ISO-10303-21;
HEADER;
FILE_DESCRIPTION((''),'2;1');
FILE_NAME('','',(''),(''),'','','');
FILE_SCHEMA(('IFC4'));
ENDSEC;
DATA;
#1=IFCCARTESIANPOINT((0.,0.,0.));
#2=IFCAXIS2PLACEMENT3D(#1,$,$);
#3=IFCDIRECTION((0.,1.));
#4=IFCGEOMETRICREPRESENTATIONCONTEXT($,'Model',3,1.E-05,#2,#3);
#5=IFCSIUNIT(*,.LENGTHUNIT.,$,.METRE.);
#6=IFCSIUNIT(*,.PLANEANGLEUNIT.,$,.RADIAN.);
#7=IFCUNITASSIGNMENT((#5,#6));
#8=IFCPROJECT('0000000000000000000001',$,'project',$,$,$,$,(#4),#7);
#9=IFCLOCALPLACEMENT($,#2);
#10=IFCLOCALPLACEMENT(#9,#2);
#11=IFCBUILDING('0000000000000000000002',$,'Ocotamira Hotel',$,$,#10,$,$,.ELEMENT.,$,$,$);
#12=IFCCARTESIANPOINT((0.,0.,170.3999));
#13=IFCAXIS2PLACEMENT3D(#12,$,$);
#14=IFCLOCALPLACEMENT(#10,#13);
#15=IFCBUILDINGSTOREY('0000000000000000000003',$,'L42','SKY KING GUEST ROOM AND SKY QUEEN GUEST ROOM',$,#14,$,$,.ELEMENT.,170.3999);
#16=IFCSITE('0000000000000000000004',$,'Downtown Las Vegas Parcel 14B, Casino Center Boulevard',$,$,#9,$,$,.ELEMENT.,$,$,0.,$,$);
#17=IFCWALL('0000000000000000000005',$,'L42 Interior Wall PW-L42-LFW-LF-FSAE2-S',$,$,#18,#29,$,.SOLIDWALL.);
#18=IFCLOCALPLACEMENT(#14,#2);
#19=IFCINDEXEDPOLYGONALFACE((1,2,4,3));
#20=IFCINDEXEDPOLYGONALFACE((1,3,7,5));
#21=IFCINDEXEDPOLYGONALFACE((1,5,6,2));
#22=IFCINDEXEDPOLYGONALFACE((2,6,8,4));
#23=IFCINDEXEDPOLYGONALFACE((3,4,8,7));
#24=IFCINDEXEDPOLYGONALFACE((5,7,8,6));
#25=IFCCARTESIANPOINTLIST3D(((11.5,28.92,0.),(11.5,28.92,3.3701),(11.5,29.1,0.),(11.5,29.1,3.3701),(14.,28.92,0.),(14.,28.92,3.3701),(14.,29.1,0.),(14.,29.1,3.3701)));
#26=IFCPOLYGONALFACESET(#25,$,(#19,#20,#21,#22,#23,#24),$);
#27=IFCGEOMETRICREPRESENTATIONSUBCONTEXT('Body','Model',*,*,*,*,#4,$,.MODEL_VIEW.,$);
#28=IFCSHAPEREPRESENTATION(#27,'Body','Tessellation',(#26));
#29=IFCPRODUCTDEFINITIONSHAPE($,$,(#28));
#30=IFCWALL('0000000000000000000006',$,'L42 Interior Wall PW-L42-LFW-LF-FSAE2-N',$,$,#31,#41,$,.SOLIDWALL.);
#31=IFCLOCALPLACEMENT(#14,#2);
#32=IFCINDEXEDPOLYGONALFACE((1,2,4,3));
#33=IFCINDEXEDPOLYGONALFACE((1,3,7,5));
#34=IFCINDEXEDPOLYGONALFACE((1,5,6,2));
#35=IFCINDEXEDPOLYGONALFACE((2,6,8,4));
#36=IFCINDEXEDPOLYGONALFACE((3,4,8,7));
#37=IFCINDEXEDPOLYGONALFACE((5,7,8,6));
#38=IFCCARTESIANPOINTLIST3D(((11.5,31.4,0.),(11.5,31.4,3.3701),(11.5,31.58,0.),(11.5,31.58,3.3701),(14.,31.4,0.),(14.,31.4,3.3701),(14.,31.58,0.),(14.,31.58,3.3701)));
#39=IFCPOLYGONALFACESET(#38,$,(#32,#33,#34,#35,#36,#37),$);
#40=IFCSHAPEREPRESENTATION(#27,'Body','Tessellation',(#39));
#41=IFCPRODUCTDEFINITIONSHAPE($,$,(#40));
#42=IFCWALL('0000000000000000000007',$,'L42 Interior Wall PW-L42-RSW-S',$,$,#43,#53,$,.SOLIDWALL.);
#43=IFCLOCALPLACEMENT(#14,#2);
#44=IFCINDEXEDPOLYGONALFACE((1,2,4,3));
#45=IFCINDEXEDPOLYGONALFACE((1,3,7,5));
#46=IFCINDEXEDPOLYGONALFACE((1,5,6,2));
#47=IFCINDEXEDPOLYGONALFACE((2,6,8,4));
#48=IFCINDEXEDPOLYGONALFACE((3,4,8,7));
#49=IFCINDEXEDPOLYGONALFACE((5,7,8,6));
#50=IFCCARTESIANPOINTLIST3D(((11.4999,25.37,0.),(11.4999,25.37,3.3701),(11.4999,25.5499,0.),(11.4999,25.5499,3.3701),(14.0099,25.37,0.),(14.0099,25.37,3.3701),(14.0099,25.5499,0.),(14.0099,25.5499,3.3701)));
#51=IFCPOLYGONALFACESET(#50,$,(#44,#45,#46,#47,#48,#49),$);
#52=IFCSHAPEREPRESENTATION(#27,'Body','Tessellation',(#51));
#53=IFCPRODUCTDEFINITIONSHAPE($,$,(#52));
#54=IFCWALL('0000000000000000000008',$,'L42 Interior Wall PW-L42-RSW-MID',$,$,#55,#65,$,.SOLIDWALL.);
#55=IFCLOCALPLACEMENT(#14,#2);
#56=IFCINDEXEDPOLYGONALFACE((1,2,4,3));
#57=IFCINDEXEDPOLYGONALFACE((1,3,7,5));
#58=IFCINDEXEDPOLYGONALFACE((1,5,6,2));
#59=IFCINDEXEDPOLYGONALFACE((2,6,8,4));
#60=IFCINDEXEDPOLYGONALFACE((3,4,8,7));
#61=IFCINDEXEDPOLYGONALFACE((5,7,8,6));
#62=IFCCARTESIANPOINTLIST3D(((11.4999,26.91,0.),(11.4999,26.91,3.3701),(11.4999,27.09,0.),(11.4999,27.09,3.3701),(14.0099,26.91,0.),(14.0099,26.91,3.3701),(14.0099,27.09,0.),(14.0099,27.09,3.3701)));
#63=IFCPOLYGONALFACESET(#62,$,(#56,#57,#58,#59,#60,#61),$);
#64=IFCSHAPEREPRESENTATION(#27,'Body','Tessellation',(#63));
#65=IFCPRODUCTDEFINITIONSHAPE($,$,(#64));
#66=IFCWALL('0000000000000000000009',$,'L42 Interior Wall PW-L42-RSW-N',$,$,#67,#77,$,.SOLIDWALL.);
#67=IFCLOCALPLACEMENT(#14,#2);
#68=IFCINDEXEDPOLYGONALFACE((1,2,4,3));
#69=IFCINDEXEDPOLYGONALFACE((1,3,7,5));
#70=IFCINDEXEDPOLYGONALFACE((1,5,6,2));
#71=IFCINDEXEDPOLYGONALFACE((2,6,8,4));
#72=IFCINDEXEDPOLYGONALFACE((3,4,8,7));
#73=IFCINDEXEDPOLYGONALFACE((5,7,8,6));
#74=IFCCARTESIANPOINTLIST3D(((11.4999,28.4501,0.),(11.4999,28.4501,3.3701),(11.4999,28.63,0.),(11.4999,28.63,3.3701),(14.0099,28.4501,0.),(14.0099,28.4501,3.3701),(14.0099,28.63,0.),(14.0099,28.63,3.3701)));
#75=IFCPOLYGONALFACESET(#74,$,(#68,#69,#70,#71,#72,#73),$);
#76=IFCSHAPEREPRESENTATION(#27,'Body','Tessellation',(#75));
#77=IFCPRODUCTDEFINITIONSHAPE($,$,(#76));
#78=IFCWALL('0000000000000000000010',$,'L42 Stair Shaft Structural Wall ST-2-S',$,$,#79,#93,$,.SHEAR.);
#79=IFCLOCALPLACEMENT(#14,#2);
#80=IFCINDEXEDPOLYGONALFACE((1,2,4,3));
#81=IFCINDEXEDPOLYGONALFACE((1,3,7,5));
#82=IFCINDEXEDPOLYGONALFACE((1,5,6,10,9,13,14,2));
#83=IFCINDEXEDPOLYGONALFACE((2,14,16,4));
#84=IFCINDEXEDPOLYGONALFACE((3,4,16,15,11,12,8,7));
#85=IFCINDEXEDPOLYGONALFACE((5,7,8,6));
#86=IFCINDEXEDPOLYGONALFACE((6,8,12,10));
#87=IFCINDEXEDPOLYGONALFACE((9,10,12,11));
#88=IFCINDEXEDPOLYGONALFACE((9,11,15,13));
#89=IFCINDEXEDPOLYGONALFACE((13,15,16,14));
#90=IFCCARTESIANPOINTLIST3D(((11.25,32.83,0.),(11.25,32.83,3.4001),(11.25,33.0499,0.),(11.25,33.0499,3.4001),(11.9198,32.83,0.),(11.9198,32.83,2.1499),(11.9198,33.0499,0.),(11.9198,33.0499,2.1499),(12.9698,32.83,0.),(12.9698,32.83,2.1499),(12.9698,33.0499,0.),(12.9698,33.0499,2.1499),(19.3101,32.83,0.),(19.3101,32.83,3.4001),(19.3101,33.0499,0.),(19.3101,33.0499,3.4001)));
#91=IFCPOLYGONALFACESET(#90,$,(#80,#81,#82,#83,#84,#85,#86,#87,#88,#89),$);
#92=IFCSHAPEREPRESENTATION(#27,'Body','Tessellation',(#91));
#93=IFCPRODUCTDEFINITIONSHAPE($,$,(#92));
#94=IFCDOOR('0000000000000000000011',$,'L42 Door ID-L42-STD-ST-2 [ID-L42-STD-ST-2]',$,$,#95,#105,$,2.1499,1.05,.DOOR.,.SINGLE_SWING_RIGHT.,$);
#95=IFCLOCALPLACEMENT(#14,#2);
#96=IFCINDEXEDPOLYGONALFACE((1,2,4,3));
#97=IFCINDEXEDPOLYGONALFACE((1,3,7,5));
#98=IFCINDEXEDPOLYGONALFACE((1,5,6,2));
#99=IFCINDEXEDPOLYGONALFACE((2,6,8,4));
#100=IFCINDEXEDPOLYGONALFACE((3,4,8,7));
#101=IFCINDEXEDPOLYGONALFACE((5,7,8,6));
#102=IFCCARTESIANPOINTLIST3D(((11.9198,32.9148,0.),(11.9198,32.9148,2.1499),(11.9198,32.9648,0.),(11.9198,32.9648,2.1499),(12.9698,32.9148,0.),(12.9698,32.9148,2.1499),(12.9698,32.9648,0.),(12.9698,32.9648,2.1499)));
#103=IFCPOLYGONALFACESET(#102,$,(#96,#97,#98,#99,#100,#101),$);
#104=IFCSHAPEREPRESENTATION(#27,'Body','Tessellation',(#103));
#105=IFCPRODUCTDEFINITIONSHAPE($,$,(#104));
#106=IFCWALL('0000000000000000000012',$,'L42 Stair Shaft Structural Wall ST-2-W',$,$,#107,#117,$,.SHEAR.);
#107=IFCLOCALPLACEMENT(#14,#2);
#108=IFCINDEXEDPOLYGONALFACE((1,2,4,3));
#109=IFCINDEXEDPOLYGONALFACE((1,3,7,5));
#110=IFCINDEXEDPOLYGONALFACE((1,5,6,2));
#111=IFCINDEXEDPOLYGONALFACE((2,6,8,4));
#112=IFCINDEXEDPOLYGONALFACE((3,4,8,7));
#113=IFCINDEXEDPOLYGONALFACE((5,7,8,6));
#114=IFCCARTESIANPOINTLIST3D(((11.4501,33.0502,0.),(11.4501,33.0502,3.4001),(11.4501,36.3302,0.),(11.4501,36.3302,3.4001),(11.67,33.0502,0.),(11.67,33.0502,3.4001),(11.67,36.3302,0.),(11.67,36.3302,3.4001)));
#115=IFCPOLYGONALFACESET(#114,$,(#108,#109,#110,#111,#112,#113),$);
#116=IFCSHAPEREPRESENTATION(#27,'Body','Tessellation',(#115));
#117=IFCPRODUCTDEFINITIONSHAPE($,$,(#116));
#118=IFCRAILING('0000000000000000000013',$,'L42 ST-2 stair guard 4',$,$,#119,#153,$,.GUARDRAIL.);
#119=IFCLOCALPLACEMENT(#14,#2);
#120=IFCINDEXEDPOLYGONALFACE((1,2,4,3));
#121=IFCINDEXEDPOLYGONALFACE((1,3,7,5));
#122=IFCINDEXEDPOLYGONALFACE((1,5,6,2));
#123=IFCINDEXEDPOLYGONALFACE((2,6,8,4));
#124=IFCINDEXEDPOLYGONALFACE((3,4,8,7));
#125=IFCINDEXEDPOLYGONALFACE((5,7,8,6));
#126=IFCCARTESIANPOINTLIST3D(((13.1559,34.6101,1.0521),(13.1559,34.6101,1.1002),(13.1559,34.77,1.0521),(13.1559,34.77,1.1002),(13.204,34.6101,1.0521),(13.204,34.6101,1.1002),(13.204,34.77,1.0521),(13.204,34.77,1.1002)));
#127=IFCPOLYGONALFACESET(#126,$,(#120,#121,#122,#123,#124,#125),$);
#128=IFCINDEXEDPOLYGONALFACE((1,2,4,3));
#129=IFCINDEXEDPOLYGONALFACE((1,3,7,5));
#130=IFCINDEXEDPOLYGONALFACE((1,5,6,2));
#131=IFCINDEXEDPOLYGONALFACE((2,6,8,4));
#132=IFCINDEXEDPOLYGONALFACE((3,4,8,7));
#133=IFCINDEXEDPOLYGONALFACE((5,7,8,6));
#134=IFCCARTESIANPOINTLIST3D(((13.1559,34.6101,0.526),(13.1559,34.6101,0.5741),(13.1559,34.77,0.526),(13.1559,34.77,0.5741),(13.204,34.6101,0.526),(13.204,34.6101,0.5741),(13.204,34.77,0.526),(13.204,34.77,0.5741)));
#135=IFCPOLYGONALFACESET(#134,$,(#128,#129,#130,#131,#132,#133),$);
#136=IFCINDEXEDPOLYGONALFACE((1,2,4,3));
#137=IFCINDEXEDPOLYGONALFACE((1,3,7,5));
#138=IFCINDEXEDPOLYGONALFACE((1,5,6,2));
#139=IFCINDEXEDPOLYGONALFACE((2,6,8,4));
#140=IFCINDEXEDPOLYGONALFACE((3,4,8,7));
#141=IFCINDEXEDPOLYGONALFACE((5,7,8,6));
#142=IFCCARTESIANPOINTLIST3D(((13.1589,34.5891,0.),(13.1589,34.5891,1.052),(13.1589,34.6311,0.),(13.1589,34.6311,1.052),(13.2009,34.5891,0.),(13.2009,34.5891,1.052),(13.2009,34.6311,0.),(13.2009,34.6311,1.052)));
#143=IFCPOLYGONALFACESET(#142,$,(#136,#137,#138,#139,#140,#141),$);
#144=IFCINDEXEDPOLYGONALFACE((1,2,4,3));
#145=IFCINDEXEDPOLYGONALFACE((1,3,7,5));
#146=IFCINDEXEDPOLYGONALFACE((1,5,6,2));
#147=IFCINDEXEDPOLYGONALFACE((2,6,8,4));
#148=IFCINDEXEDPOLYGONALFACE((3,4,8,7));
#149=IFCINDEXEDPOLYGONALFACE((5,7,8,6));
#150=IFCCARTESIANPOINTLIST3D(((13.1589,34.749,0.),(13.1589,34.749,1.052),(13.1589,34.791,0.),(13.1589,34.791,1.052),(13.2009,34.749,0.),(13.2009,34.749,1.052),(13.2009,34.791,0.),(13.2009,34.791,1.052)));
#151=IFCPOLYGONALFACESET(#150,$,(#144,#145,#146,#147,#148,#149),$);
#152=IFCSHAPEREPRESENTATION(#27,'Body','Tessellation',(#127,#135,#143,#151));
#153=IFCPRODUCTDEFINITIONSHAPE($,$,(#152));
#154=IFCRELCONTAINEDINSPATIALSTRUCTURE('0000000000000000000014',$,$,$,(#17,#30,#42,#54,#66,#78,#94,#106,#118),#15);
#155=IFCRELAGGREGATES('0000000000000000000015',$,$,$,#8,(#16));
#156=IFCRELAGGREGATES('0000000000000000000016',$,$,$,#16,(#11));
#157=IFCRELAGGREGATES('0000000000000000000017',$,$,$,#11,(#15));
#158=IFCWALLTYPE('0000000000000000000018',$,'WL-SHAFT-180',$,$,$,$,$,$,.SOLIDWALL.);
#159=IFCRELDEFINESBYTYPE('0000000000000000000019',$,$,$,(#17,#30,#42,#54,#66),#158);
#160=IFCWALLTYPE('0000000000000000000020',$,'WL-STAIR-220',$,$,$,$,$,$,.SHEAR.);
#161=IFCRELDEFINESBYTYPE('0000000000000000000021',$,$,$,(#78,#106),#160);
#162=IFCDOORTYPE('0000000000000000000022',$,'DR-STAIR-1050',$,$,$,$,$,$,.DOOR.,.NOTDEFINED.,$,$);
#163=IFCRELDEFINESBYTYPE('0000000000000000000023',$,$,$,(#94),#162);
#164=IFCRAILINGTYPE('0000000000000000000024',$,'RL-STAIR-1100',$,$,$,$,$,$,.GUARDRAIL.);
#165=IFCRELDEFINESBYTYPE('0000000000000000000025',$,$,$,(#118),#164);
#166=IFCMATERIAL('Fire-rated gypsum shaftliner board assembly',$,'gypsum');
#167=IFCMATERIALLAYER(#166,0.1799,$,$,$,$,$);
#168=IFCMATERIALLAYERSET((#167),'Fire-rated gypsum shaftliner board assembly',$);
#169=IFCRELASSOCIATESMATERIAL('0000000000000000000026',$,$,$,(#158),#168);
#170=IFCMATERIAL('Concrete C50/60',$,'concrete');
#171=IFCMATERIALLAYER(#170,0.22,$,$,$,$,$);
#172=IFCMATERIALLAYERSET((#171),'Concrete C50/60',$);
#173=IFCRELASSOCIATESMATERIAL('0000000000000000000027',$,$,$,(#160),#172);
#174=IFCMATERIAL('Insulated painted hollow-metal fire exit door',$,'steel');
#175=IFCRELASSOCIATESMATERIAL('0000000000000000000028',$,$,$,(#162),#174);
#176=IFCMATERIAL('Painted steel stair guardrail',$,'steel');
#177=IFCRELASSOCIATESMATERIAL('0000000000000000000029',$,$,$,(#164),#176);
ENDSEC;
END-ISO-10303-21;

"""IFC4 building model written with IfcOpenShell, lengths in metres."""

from ifc_helpers import new_model, si_unit, direction, frame, frame_2d, origin, origin_2d, place, context, subcontext, project, spatial, rectangle, extrude, source, transform, mapped, material, layer, layer_set, type_object, element, fill, save


model = new_model("IFC4")

# Units and contexts
model_context = context("Model", 3, precision=1e-05, world=origin(), true_north=direction((0.0, 1.0)))
body_context = subcontext(model_context, "Body", "Model", "MODEL_VIEW")
ifc_project = project(units=[si_unit("LENGTHUNIT", "METRE"), si_unit("PLANEANGLEUNIT", "RADIAN")], contexts=[model_context])

# Site, building, storey
site_placement = place(None, origin())
site = spatial("IfcSite", under=ifc_project, at=site_placement, Name="Downtown Las Vegas Parcel 14B, Casino Center Boulevard", CompositionType="ELEMENT", RefElevation=0.0)
building_placement = place(site_placement, origin())
building = spatial("IfcBuilding", under=site, at=building_placement, Name="Ocotamira Hotel", CompositionType="ELEMENT")
storey_placement = place(building_placement, frame((0.0, 0.0, 170.3999)))
storey = spatial("IfcBuildingStorey", under=building, at=storey_placement, Name="L42", Description="SKY KING GUEST ROOM AND SKY QUEEN GUEST ROOM", CompositionType="ELEMENT", Elevation=170.3999)

# Walls
ifc_material_1 = material(Name="Fire-rated gypsum shaftliner board assembly", Category="gypsum")
ifc_layer_1 = layer(ifc_material_1, 0.1799)
ifc_layer_set_1 = layer_set([ifc_layer_1], Name="Fire-rated gypsum shaftliner board assembly")
wall_type_1 = type_object("IfcWallType", Name="WL-SHAFT-180", PredefinedType="SOLIDWALL", material=ifc_layer_set_1)
for number, where, z_axis, x_axis, name in (
    (1, (11.5, 29.01, 0.0), (0.0, 0.0, 1.0), (1.0, 0.0, 0.0), "L42 Interior Wall PW-L42-LFW-LF-FSAE2-S"),
    (2, (11.5, 31.49, 0.0), (0.0, 0.0, 1.0), (1.0, 0.0, 0.0), "L42 Interior Wall PW-L42-LFW-LF-FSAE2-N"),
):
    element("IfcWall", number, at=place(storey_placement, frame(where, z_axis=z_axis, x_axis=x_axis)), inside=storey, type_object=wall_type_1, Name=name, PredefinedType="SOLIDWALL", context=body_context, shape_type="SweptSolid", body=[
        extrude(rectangle(XDim=2.5, YDim=0.1799, at=frame_2d((1.25, 0.0))), origin(), (0.0, 0.0, 1.0), 3.3701),
    ])
for number, where, z_axis, x_axis, name in (
    (3, (11.5, 25.46, 0.0), (0.0, 0.0, 1.0), (1.0, 0.0, 0.0), "L42 Interior Wall PW-L42-RSW-S"),
    (4, (11.5, 27.0, 0.0), (0.0, 0.0, 1.0), (1.0, 0.0, 0.0), "L42 Interior Wall PW-L42-RSW-MID"),
    (5, (11.5, 28.54, 0.0), (0.0, 0.0, 1.0), (1.0, 0.0, 0.0), "L42 Interior Wall PW-L42-RSW-N"),
):
    element("IfcWall", number, at=place(storey_placement, frame(where, z_axis=z_axis, x_axis=x_axis)), inside=storey, type_object=wall_type_1, Name=name, PredefinedType="SOLIDWALL", context=body_context, shape_type="SweptSolid", body=[
        extrude(rectangle(XDim=2.51, YDim=0.1799, at=frame_2d((1.2549, 0.0))), origin(), (0.0, 0.0, 1.0), 3.3701),
    ])

# Wall, opening, door
ifc_material_2 = material(Name="Concrete C50/60", Category="concrete")
ifc_layer_2 = layer(ifc_material_2, 0.22)
ifc_layer_set_2 = layer_set([ifc_layer_2], Name="Concrete C50/60")
wall_type_2 = type_object("IfcWallType", Name="WL-STAIR-220", PredefinedType="SHEAR", material=ifc_layer_set_2)
wall_1_placement = place(storey_placement, frame((11.25, 32.9399, 0.0), z_axis=(0.0, 0.0, 1.0), x_axis=(1.0, 0.0, 0.0)))
wall_1 = element("IfcWall", 6, at=wall_1_placement, inside=storey, type_object=wall_type_2, Name="L42 Stair Shaft Structural Wall ST-2-S", PredefinedType="SHEAR", context=body_context, shape_type="SweptSolid", body=[
    extrude(rectangle(XDim=8.0601, YDim=0.22, at=frame_2d((4.03, 0.0))), origin(), (0.0, 0.0, 1.0), 3.4001),
])
opening_placement = place(wall_1_placement, frame((0.6699, 0.0, 0.0)))
opening = element("IfcOpeningElement", 7, at=opening_placement, cuts=wall_1, PredefinedType="OPENING", context=body_context, shape_type="SweptSolid", body=[
    extrude(rectangle(XDim=1.05, YDim=2.1499, at=frame_2d((0.5249, 1.075))), frame((0.0, 0.1201, 0.0), z_axis=(0.0, -1.0, 0.0), x_axis=(1.0, 0.0, 0.0)), (0.0, 0.0, 1.0), 0.24),
])
ifc_material_3 = material(Name="Insulated painted hollow-metal fire exit door", Category="steel")
door_type = type_object("IfcDoorType", Name="DR-STAIR-1050", OperationType="NOTDEFINED", PredefinedType="DOOR", material=ifc_material_3)
shared_shape_1 = source(origin(), body_context, "Body", "SweptSolid", [
    extrude(rectangle(XDim=1.05, YDim=2.1499, at=frame_2d((0.5249, 1.075))), frame((0.0, 0.0249, 0.0), z_axis=(0.0, -1.0, 0.0), x_axis=(1.0, 0.0, 0.0)), (0.0, 0.0, 1.0), 0.05),
])
door_placement = place(opening_placement, origin())
door = element("IfcDoor", 8, at=door_placement, inside=storey, type_object=door_type, Name="L42 Door ID-L42-STD-ST-2 [ID-L42-STD-ST-2]", OperationType="SINGLE_SWING_RIGHT", OverallHeight=2.1499, OverallWidth=1.05, PredefinedType="DOOR", context=body_context, shape_type="MappedRepresentation", body=[
    mapped(shared_shape_1, transform((0.0, 0.0, 0.0), scale=1.0)),
])
fill(opening, door)

# Wall
wall_2_placement = place(storey_placement, frame((11.5601, 33.05, 0.0), z_axis=(0.0, 0.0, 1.0), x_axis=(0.0, 1.0, 0.0)))
element("IfcWall", 9, at=wall_2_placement, inside=storey, type_object=wall_type_2, Name="L42 Stair Shaft Structural Wall ST-2-W", PredefinedType="SHEAR", context=body_context, shape_type="SweptSolid", body=[
    extrude(rectangle(XDim=3.28, YDim=0.22, at=frame_2d((1.6401, 0.0))), origin(), (0.0, 0.0, 1.0), 3.4001),
])

# Railing
ifc_material_4 = material(Name="Painted steel stair guardrail", Category="steel")
railing_type = type_object("IfcRailingType", Name="RL-STAIR-1100", PredefinedType="GUARDRAIL", material=ifc_material_4)
railing_placement = place(storey_placement, frame((13.1799, 34.6101, 0.0)))
element("IfcRailing", 10, at=railing_placement, inside=storey, type_object=railing_type, Name="L42 ST-2 stair guard 4", PredefinedType="GUARDRAIL", context=body_context, shape_type="SweptSolid", body=[
    extrude(rectangle(XDim=0.0481, YDim=0.0481, at=origin_2d()), frame((0.0, 0.0, 1.0762), z_axis=(0.0, 1.0, 0.0), x_axis=(-1.0, 0.0, 0.0)), (0.0, 0.0, 1.0), 0.1599),
    extrude(rectangle(XDim=0.0481, YDim=0.0481, at=origin_2d()), frame((0.0, 0.0, 0.55), z_axis=(0.0, 1.0, 0.0), x_axis=(-1.0, 0.0, 0.0)), (0.0, 0.0, 1.0), 0.1599),
    extrude(rectangle(XDim=0.042, YDim=0.042, at=origin_2d()), origin(), (0.0, 0.0, 1.0), 1.052),
    extrude(rectangle(XDim=0.042, YDim=0.042, at=origin_2d()), frame((0.0, 0.1599, 0.0)), (0.0, 0.0, 1.0), 1.052),
])

save(model, "model.ifc")
